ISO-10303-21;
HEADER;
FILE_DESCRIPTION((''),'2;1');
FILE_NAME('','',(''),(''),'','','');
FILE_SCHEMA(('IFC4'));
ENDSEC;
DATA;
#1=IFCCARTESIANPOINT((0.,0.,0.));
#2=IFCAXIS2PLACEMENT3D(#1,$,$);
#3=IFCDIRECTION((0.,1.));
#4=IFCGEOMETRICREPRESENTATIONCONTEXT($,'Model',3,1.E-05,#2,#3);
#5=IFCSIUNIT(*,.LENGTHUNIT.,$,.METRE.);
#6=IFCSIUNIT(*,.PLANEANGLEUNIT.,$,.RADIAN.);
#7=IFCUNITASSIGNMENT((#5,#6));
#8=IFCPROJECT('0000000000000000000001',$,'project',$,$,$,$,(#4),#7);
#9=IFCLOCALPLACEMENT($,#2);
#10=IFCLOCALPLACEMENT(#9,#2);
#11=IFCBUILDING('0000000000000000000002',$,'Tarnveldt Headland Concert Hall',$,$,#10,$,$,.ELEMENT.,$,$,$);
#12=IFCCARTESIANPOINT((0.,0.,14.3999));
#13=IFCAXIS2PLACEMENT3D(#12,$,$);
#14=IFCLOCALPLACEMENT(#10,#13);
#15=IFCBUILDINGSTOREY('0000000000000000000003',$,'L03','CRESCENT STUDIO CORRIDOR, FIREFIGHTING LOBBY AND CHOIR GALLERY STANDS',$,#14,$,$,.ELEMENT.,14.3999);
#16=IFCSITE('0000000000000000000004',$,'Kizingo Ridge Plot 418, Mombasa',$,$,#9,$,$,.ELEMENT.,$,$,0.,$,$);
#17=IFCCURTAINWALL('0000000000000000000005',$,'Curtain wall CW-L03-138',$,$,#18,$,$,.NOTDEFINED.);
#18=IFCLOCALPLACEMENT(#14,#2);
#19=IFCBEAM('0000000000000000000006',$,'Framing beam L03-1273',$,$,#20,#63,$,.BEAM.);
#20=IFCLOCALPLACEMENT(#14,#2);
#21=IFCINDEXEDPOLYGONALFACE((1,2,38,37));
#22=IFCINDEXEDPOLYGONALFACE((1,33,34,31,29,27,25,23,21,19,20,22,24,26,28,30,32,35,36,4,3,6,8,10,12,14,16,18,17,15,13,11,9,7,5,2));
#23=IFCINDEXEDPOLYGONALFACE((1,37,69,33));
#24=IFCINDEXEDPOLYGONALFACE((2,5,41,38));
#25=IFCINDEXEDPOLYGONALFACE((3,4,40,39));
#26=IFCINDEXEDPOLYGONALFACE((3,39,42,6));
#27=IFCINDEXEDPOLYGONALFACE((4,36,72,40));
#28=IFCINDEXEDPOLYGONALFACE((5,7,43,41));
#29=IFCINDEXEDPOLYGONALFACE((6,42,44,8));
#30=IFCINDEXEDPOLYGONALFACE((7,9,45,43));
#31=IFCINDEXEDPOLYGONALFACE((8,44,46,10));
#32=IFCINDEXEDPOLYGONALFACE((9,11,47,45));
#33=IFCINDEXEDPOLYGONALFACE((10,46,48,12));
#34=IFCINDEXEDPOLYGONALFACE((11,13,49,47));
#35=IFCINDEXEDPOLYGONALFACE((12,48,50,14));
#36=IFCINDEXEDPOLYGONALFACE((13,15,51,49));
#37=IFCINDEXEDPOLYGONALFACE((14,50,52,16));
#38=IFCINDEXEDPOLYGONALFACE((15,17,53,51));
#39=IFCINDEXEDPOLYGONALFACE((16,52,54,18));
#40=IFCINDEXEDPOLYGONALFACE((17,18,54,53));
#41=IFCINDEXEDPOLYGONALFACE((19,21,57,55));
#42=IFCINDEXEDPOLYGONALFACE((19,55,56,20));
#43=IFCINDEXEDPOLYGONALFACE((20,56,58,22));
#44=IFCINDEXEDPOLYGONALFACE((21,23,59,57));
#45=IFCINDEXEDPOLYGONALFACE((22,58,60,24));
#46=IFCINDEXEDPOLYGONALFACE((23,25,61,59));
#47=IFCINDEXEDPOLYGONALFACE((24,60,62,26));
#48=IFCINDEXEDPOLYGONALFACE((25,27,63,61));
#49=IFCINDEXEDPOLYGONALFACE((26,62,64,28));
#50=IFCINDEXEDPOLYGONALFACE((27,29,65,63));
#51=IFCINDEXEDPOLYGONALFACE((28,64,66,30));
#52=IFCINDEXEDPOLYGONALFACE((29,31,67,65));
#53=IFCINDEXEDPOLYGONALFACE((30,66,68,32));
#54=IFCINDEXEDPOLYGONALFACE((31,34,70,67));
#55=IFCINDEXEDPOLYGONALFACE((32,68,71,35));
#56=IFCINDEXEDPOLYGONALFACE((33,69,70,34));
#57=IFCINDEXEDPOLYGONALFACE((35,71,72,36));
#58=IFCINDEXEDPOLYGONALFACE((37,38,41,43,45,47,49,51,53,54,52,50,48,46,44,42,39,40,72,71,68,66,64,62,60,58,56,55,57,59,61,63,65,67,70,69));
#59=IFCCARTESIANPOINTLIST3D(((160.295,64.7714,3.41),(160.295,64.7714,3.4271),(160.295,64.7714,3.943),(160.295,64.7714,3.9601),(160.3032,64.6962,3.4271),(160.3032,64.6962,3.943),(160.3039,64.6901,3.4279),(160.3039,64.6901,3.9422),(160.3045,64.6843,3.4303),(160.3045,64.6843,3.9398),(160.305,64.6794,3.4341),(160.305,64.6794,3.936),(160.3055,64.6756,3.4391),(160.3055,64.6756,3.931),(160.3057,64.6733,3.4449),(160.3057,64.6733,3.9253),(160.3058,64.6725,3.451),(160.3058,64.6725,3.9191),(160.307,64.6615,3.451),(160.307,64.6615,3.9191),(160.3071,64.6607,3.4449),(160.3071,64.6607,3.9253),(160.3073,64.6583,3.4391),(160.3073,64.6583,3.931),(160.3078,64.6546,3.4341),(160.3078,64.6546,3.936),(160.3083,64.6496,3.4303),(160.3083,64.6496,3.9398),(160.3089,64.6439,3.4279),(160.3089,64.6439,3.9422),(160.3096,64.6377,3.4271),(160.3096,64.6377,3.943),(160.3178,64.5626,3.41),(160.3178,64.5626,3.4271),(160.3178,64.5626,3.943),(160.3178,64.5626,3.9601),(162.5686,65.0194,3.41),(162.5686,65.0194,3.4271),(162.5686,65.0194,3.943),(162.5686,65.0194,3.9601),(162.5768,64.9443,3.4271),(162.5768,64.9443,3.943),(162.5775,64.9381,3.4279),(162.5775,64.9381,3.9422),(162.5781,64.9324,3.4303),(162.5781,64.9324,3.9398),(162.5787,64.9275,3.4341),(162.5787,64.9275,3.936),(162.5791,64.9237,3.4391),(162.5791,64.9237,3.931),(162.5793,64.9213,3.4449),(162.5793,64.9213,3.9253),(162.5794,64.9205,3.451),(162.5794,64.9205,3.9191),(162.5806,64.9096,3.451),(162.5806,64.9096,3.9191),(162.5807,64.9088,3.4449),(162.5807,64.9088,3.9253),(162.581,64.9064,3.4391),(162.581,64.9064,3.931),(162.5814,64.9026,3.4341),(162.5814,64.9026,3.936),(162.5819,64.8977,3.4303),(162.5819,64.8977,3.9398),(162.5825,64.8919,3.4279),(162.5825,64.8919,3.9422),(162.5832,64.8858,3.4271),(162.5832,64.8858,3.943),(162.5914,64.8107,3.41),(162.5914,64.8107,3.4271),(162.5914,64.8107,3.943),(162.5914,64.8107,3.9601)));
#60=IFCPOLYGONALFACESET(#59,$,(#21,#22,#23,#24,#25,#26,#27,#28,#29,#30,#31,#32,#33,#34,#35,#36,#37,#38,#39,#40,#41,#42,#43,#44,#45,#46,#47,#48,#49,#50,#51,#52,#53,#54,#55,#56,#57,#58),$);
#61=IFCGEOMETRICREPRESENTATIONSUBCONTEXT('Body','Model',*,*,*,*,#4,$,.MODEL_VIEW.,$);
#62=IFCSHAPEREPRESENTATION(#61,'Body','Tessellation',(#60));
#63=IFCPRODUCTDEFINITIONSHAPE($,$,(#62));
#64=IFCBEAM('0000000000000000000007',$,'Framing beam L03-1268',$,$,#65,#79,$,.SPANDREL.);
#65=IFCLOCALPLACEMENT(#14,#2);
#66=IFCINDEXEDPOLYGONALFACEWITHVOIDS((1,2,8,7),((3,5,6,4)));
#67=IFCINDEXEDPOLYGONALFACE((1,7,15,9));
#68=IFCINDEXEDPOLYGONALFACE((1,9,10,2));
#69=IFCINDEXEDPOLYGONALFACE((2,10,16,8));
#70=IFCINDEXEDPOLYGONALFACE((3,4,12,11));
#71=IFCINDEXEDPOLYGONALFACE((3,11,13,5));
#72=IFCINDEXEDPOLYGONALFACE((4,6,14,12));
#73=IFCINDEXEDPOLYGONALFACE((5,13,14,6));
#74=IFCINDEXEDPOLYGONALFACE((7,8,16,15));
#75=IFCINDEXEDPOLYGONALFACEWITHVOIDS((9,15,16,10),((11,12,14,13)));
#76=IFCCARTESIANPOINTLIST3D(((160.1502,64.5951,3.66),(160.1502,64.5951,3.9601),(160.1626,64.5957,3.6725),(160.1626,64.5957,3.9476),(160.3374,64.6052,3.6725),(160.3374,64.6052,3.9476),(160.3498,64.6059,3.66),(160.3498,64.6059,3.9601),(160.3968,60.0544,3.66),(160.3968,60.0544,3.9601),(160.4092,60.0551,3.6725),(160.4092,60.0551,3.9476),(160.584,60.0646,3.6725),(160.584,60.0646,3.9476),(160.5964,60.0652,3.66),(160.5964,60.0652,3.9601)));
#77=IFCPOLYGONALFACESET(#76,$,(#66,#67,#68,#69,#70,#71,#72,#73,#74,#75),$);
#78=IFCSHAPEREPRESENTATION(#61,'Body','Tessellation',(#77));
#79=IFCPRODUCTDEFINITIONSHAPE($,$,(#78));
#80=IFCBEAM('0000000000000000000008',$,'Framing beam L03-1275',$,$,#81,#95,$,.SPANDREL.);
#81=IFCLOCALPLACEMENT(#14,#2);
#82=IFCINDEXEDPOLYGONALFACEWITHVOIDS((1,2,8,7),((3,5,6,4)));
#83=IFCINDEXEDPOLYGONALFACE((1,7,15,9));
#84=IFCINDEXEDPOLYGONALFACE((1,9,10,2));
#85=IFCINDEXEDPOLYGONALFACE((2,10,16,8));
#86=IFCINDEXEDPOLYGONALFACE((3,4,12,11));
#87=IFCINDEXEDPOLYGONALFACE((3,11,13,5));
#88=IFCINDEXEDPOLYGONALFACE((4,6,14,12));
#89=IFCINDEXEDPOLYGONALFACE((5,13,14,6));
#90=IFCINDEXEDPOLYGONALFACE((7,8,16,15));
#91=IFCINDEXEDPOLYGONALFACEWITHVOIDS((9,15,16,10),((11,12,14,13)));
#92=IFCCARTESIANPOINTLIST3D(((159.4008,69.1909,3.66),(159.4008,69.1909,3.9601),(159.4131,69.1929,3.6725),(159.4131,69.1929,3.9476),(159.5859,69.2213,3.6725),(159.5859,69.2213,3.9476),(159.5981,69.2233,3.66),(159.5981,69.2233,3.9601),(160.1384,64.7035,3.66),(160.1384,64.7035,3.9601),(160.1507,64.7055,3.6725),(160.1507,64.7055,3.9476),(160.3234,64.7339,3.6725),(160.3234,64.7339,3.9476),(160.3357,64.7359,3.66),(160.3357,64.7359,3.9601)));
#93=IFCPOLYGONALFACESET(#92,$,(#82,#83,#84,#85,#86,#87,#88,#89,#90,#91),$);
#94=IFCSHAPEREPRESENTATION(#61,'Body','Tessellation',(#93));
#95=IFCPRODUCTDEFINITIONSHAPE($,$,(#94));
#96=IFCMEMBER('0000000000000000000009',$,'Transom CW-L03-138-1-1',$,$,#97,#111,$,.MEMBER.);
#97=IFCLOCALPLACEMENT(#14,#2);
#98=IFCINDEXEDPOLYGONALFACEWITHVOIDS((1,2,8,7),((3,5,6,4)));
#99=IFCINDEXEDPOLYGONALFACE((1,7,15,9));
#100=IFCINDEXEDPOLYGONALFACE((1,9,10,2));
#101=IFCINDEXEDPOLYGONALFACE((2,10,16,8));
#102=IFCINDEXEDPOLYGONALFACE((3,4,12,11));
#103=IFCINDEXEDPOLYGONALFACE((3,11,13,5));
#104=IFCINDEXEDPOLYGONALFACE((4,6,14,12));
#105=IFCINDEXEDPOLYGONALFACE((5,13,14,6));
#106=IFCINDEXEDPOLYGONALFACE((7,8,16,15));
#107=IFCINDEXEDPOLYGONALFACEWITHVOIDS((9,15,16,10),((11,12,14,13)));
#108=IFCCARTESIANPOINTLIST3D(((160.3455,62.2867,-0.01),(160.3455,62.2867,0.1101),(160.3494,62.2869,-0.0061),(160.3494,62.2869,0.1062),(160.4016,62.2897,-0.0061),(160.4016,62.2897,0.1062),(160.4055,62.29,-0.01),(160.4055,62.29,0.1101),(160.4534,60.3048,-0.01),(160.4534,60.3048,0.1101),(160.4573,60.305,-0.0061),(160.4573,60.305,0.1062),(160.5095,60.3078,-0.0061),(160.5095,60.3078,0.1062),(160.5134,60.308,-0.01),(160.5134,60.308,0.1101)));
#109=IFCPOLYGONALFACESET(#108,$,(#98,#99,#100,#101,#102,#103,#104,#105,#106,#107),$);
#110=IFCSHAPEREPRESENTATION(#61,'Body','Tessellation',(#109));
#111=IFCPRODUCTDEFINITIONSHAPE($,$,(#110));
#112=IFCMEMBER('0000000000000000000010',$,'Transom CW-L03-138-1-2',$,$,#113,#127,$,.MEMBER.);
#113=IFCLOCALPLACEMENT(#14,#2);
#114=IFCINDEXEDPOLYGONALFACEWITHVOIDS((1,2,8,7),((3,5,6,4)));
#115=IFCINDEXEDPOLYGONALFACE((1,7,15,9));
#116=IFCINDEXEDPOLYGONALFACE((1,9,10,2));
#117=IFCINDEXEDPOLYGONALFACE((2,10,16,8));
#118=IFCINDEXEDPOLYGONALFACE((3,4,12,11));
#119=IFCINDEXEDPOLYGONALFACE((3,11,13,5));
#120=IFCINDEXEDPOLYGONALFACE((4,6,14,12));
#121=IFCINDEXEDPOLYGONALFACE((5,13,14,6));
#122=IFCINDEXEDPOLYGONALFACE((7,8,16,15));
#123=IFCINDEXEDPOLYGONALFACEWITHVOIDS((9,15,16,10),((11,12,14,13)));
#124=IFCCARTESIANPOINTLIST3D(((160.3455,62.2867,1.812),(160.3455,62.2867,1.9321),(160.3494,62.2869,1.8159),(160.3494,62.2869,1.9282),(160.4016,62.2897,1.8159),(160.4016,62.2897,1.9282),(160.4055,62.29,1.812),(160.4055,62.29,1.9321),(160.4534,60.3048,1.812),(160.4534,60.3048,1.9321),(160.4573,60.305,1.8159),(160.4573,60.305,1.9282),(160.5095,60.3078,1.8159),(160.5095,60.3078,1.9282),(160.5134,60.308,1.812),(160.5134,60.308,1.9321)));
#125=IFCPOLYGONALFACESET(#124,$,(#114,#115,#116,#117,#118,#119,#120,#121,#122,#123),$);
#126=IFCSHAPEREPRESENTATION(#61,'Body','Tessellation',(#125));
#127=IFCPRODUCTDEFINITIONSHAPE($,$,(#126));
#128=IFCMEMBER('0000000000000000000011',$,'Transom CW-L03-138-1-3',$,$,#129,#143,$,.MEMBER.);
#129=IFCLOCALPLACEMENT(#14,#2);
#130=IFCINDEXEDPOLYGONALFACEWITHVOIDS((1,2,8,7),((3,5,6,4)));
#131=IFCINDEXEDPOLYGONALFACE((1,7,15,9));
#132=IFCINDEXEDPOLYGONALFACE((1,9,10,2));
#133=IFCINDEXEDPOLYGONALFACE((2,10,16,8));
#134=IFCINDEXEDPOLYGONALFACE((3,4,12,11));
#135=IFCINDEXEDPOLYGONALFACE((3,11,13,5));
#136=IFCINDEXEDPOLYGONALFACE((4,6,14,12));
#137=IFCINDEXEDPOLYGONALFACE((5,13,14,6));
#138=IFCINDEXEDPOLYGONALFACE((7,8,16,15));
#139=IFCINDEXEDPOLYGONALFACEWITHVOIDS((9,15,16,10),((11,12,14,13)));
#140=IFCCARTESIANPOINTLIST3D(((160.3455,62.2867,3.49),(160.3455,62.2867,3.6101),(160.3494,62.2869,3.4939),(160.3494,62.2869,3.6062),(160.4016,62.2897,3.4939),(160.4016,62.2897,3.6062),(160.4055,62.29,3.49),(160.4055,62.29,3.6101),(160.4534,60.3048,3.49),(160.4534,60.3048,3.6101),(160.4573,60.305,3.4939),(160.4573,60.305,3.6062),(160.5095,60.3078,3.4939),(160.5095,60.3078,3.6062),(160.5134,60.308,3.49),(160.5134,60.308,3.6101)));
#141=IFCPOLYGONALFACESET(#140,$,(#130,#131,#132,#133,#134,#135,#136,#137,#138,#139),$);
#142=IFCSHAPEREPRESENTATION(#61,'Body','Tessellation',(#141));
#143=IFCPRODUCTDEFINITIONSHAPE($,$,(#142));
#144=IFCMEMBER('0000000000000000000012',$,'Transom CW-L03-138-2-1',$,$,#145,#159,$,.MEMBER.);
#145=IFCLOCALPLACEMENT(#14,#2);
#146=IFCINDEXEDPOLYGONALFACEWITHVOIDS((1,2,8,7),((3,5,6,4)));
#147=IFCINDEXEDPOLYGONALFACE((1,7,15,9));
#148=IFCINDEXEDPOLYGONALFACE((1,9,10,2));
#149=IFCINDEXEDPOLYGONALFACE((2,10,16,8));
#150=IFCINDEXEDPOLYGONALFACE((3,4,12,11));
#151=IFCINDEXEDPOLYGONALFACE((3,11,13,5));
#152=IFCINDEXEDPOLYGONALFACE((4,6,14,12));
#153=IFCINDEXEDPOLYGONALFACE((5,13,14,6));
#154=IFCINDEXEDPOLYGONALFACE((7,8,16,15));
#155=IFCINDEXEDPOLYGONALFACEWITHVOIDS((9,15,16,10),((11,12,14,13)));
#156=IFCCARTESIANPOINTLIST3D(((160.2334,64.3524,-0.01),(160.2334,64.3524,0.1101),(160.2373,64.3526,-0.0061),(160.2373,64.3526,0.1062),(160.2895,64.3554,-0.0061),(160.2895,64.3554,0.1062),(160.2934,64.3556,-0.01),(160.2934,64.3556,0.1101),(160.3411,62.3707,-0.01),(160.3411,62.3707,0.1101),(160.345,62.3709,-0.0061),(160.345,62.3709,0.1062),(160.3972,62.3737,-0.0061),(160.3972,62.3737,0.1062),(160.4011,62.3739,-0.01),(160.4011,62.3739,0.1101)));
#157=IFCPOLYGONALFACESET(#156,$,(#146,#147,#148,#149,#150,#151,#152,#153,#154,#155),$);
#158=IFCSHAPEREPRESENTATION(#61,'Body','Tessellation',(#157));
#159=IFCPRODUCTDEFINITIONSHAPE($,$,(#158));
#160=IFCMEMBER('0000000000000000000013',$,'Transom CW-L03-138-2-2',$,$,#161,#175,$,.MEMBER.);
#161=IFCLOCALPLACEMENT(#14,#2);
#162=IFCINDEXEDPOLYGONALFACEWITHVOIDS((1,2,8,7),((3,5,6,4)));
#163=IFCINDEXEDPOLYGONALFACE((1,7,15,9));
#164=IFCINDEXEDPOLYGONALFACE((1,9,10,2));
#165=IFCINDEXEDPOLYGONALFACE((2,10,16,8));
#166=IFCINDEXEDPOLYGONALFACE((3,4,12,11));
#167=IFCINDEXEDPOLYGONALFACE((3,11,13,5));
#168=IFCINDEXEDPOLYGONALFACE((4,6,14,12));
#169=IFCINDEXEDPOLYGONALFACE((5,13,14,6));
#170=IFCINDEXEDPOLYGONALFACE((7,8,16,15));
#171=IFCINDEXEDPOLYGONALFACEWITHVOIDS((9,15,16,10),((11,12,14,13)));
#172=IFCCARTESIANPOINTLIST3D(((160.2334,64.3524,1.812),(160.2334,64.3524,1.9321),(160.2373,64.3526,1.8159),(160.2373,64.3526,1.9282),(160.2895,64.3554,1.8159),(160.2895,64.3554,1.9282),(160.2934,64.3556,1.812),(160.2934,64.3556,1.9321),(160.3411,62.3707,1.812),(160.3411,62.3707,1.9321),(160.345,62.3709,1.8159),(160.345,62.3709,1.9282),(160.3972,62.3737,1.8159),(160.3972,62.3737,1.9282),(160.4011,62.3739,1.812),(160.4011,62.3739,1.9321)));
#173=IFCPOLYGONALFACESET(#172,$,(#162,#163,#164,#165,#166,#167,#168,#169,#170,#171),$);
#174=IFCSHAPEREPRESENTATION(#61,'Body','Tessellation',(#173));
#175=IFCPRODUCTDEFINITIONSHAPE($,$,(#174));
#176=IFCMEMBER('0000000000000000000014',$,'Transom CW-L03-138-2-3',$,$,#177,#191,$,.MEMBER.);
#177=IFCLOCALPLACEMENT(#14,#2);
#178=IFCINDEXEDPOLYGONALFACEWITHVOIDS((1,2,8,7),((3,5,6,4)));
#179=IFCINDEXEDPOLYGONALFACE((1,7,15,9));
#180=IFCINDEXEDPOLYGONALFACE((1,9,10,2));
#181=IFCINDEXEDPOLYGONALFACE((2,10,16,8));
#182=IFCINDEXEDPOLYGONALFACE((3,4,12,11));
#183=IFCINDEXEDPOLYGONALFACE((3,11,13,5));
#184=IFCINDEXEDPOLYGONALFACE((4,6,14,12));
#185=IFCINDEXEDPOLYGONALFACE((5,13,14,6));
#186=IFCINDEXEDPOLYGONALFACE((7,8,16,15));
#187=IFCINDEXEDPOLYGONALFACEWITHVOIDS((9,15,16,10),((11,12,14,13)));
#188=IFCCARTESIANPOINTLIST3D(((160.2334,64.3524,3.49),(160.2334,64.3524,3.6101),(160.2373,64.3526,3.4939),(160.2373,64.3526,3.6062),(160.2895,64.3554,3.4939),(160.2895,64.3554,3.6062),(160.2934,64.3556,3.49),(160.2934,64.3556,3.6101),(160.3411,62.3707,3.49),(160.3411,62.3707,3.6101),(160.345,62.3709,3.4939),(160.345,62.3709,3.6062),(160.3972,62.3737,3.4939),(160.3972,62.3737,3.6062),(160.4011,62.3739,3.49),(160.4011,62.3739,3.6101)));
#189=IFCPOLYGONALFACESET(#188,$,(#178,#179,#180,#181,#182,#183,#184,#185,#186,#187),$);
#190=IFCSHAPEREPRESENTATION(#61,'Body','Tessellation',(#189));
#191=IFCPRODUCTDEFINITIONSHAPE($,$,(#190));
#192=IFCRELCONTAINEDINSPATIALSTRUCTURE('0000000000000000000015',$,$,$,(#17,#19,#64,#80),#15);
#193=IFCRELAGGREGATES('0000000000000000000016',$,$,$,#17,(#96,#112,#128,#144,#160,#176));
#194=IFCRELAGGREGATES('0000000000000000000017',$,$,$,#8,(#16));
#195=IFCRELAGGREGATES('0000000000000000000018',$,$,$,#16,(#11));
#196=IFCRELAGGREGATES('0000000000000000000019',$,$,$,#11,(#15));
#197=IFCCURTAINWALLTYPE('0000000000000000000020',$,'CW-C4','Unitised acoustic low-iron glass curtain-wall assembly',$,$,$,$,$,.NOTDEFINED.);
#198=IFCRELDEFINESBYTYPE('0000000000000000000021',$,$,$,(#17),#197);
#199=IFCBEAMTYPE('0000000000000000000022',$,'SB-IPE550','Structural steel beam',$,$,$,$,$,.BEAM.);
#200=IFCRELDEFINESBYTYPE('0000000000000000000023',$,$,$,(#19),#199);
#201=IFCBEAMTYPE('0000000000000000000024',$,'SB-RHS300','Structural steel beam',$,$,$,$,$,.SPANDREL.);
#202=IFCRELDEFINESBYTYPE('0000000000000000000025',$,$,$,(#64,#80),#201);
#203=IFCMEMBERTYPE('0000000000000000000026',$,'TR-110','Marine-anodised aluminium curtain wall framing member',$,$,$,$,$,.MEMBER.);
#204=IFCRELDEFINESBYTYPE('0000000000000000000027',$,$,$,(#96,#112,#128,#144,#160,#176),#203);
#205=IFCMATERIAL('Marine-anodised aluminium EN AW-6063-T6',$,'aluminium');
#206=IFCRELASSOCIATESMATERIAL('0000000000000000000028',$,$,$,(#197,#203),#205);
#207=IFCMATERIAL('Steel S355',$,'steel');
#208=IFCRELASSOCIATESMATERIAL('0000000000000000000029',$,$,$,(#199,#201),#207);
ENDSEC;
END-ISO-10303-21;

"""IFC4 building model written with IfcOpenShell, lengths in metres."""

from ifc_helpers import new_model, si_unit, direction, frame, origin, origin_2d, place, context, subcontext, project, spatial, hollow_rectangle, i_section, extrude, material, material_profile, profile_set, type_object, element, aggregate, save


model = new_model("IFC4")

# Units and contexts
model_context = context("Model", 3, precision=1e-05, world=origin(), true_north=direction((0.0, 1.0)))
body_context = subcontext(model_context, "Body", "Model", "MODEL_VIEW")
ifc_project = project(units=[si_unit("LENGTHUNIT", "METRE"), si_unit("PLANEANGLEUNIT", "RADIAN")], contexts=[model_context])

# Site, building, storey
site_placement = place(None, origin())
site = spatial("IfcSite", under=ifc_project, at=site_placement, Name="Kizingo Ridge Plot 418, Mombasa", CompositionType="ELEMENT", RefElevation=0.0)
building_placement = place(site_placement, origin())
building = spatial("IfcBuilding", under=site, at=building_placement, Name="Tarnveldt Headland Concert Hall", CompositionType="ELEMENT")
storey_placement = place(building_placement, frame((0.0, 0.0, 14.3999)))
storey = spatial("IfcBuildingStorey", under=building, at=storey_placement, Name="L03", Description="CRESCENT STUDIO CORRIDOR, FIREFIGHTING LOBBY AND CHOIR GALLERY STANDS", CompositionType="ELEMENT", Elevation=14.3999)

# Shared definitions
ifc_material_1 = material(Name="Steel S355", Category="steel")

# Shared definitions
ifc_material_2 = material(Name="Marine-anodised aluminium EN AW-6063-T6", Category="aluminium")
curtain_wall_type = type_object("IfcCurtainWallType", Name="CW-C4", Description="Unitised acoustic low-iron glass curtain-wall assembly", PredefinedType="NOTDEFINED", material=ifc_material_2)

# Curtain wall
curtain_wall_1_placement = place(storey_placement, origin())
curtain_wall_1 = element("IfcCurtainWall", 1, at=curtain_wall_1_placement, inside=storey, type_object=curtain_wall_type, Name="Curtain wall CW-L03-138", PredefinedType="NOTDEFINED")

# Beams
ifc_material_profile_1 = material_profile(ifc_material_1, i_section(OverallWidth=0.21, OverallDepth=0.55, WebThickness=0.011, FlangeThickness=0.0171, FilletRadius=0.0239, at=origin_2d()), Name="IPE550", Category="steel")
ifc_profile_set_1 = profile_set([ifc_material_profile_1], Name="Steel S355")
beam_type_1 = type_object("IfcBeamType", Name="SB-IPE550", Description="Structural steel beam", PredefinedType="BEAM", material=ifc_profile_set_1)
beam_1_placement = place(storey_placement, frame((160.3064, 64.667, 3.6851), z_axis=(0.994102, 0.108451, 0.0), x_axis=(-0.108451, 0.994102, 0.0)))
element("IfcBeam", 2, at=beam_1_placement, inside=storey, type_object=beam_type_1, Name="Framing beam L03-1273", PredefinedType="BEAM", context=body_context, shape_type="SweptSolid", body=[
    extrude(i_section(OverallWidth=0.21, OverallDepth=0.55, WebThickness=0.011, FlangeThickness=0.0171, FilletRadius=0.0239, at=origin_2d()), origin(), (0.0, 0.0, 1.0), 2.2871),
])
ifc_material_profile_2 = material_profile(ifc_material_1, hollow_rectangle(XDim=0.2, YDim=0.3, WallThickness=0.0125, at=origin_2d()), Name="RHS 300x200x12.5", Category="steel")
ifc_profile_set_2 = profile_set([ifc_material_profile_2], Name="Steel S355")
beam_type_2 = type_object("IfcBeamType", Name="SB-RHS300", Description="Structural steel beam", PredefinedType="SPANDREL", material=ifc_profile_set_2)
beam_2_placement = place(storey_placement, frame((160.4966, 60.0598, 3.8101), z_axis=(-0.054224, 0.998529, 0.0), x_axis=(-0.998529, -0.054224, 0.0)))
element("IfcBeam", 3, at=beam_2_placement, inside=storey, type_object=beam_type_2, Name="Framing beam L03-1268", PredefinedType="SPANDREL", context=body_context, shape_type="SweptSolid", body=[
    extrude(hollow_rectangle(XDim=0.2, YDim=0.3, WallThickness=0.0125, at=origin_2d()), origin(), (0.0, 0.0, 1.0), 4.5474),
])
beam_3_placement = place(storey_placement, frame((160.2371, 64.7197, 3.8101), z_axis=(-0.162187, 0.98676, 0.0), x_axis=(-0.98676, -0.162187, 0.0)))
element("IfcBeam", 4, at=beam_3_placement, inside=storey, type_object=beam_type_2, Name="Framing beam L03-1275", PredefinedType="SPANDREL", context=body_context, shape_type="SweptSolid", body=[
    extrude(hollow_rectangle(XDim=0.2, YDim=0.3, WallThickness=0.0125, at=origin_2d()), origin(), (0.0, 0.0, 1.0), 4.5476),
])

# Members
ifc_material_profile_3 = material_profile(ifc_material_2, hollow_rectangle(XDim=0.0601, YDim=0.1201, WallThickness=0.0039, at=origin_2d()), Name="ALU TRANSOM 60x120x4", Category="aluminium")
ifc_profile_set_3 = profile_set([ifc_material_profile_3], Name="Marine-anodised aluminium EN AW-6063-T6")
member_type_1 = type_object("IfcMemberType", Name="TR-110", Description="Marine-anodised aluminium curtain wall framing member", PredefinedType="MEMBER", material=ifc_profile_set_3)
member_1_placement = place(storey_placement, frame((160.4834, 60.3064, 0.05), z_axis=(-0.054366, 0.998521, 0.0), x_axis=(-0.998521, -0.054366, 0.0)))
member_1 = element("IfcMember", 5, at=member_1_placement, type_object=member_type_1, Name="Transom CW-L03-138-1-1", PredefinedType="MEMBER", context=body_context, shape_type="SweptSolid", body=[
    extrude(hollow_rectangle(XDim=0.0601, YDim=0.1201, WallThickness=0.0039, at=origin_2d()), origin(), (0.0, 0.0, 1.0), 1.9849),
])
member_2_placement = place(storey_placement, frame((160.4834, 60.3064, 1.8721), z_axis=(-0.054366, 0.998521, 0.0), x_axis=(-0.998521, -0.054366, 0.0)))
member_2 = element("IfcMember", 6, at=member_2_placement, type_object=member_type_1, Name="Transom CW-L03-138-1-2", PredefinedType="MEMBER", context=body_context, shape_type="SweptSolid", body=[
    extrude(hollow_rectangle(XDim=0.0601, YDim=0.1201, WallThickness=0.0039, at=origin_2d()), origin(), (0.0, 0.0, 1.0), 1.9849),
])
member_3_placement = place(storey_placement, frame((160.4834, 60.3064, 3.55), z_axis=(-0.054366, 0.998521, 0.0), x_axis=(-0.998521, -0.054366, 0.0)))
member_3 = element("IfcMember", 7, at=member_3_placement, type_object=member_type_1, Name="Transom CW-L03-138-1-3", PredefinedType="MEMBER", context=body_context, shape_type="SweptSolid", body=[
    extrude(hollow_rectangle(XDim=0.0601, YDim=0.1201, WallThickness=0.0039, at=origin_2d()), origin(), (0.0, 0.0, 1.0), 1.9849),
])
member_4_placement = place(storey_placement, frame((160.3711, 62.3723, 0.05), z_axis=(-0.05425, 0.998527, 0.0), x_axis=(-0.998527, -0.05425, 0.0)))
member_4 = element("IfcMember", 8, at=member_4_placement, type_object=member_type_1, Name="Transom CW-L03-138-2-1", PredefinedType="MEMBER", context=body_context, shape_type="SweptSolid", body=[
    extrude(hollow_rectangle(XDim=0.0601, YDim=0.1201, WallThickness=0.0039, at=origin_2d()), origin(), (0.0, 0.0, 1.0), 1.9846),
])
member_5_placement = place(storey_placement, frame((160.3711, 62.3723, 1.8721), z_axis=(-0.05425, 0.998527, 0.0), x_axis=(-0.998527, -0.05425, 0.0)))
member_5 = element("IfcMember", 9, at=member_5_placement, type_object=member_type_1, Name="Transom CW-L03-138-2-2", PredefinedType="MEMBER", context=body_context, shape_type="SweptSolid", body=[
    extrude(hollow_rectangle(XDim=0.0601, YDim=0.1201, WallThickness=0.0039, at=origin_2d()), origin(), (0.0, 0.0, 1.0), 1.9846),
])
member_6_placement = place(storey_placement, frame((160.3711, 62.3723, 3.55), z_axis=(-0.05425, 0.998527, 0.0), x_axis=(-0.998527, -0.05425, 0.0)))
member_6 = element("IfcMember", 10, at=member_6_placement, type_object=member_type_1, Name="Transom CW-L03-138-2-3", PredefinedType="MEMBER", context=body_context, shape_type="SweptSolid", body=[
    extrude(hollow_rectangle(XDim=0.0601, YDim=0.1201, WallThickness=0.0039, at=origin_2d()), origin(), (0.0, 0.0, 1.0), 1.9846),
])

aggregate(curtain_wall_1, [member_1, member_2, member_3, member_4, member_5, member_6])

save(model, "model.ifc")
